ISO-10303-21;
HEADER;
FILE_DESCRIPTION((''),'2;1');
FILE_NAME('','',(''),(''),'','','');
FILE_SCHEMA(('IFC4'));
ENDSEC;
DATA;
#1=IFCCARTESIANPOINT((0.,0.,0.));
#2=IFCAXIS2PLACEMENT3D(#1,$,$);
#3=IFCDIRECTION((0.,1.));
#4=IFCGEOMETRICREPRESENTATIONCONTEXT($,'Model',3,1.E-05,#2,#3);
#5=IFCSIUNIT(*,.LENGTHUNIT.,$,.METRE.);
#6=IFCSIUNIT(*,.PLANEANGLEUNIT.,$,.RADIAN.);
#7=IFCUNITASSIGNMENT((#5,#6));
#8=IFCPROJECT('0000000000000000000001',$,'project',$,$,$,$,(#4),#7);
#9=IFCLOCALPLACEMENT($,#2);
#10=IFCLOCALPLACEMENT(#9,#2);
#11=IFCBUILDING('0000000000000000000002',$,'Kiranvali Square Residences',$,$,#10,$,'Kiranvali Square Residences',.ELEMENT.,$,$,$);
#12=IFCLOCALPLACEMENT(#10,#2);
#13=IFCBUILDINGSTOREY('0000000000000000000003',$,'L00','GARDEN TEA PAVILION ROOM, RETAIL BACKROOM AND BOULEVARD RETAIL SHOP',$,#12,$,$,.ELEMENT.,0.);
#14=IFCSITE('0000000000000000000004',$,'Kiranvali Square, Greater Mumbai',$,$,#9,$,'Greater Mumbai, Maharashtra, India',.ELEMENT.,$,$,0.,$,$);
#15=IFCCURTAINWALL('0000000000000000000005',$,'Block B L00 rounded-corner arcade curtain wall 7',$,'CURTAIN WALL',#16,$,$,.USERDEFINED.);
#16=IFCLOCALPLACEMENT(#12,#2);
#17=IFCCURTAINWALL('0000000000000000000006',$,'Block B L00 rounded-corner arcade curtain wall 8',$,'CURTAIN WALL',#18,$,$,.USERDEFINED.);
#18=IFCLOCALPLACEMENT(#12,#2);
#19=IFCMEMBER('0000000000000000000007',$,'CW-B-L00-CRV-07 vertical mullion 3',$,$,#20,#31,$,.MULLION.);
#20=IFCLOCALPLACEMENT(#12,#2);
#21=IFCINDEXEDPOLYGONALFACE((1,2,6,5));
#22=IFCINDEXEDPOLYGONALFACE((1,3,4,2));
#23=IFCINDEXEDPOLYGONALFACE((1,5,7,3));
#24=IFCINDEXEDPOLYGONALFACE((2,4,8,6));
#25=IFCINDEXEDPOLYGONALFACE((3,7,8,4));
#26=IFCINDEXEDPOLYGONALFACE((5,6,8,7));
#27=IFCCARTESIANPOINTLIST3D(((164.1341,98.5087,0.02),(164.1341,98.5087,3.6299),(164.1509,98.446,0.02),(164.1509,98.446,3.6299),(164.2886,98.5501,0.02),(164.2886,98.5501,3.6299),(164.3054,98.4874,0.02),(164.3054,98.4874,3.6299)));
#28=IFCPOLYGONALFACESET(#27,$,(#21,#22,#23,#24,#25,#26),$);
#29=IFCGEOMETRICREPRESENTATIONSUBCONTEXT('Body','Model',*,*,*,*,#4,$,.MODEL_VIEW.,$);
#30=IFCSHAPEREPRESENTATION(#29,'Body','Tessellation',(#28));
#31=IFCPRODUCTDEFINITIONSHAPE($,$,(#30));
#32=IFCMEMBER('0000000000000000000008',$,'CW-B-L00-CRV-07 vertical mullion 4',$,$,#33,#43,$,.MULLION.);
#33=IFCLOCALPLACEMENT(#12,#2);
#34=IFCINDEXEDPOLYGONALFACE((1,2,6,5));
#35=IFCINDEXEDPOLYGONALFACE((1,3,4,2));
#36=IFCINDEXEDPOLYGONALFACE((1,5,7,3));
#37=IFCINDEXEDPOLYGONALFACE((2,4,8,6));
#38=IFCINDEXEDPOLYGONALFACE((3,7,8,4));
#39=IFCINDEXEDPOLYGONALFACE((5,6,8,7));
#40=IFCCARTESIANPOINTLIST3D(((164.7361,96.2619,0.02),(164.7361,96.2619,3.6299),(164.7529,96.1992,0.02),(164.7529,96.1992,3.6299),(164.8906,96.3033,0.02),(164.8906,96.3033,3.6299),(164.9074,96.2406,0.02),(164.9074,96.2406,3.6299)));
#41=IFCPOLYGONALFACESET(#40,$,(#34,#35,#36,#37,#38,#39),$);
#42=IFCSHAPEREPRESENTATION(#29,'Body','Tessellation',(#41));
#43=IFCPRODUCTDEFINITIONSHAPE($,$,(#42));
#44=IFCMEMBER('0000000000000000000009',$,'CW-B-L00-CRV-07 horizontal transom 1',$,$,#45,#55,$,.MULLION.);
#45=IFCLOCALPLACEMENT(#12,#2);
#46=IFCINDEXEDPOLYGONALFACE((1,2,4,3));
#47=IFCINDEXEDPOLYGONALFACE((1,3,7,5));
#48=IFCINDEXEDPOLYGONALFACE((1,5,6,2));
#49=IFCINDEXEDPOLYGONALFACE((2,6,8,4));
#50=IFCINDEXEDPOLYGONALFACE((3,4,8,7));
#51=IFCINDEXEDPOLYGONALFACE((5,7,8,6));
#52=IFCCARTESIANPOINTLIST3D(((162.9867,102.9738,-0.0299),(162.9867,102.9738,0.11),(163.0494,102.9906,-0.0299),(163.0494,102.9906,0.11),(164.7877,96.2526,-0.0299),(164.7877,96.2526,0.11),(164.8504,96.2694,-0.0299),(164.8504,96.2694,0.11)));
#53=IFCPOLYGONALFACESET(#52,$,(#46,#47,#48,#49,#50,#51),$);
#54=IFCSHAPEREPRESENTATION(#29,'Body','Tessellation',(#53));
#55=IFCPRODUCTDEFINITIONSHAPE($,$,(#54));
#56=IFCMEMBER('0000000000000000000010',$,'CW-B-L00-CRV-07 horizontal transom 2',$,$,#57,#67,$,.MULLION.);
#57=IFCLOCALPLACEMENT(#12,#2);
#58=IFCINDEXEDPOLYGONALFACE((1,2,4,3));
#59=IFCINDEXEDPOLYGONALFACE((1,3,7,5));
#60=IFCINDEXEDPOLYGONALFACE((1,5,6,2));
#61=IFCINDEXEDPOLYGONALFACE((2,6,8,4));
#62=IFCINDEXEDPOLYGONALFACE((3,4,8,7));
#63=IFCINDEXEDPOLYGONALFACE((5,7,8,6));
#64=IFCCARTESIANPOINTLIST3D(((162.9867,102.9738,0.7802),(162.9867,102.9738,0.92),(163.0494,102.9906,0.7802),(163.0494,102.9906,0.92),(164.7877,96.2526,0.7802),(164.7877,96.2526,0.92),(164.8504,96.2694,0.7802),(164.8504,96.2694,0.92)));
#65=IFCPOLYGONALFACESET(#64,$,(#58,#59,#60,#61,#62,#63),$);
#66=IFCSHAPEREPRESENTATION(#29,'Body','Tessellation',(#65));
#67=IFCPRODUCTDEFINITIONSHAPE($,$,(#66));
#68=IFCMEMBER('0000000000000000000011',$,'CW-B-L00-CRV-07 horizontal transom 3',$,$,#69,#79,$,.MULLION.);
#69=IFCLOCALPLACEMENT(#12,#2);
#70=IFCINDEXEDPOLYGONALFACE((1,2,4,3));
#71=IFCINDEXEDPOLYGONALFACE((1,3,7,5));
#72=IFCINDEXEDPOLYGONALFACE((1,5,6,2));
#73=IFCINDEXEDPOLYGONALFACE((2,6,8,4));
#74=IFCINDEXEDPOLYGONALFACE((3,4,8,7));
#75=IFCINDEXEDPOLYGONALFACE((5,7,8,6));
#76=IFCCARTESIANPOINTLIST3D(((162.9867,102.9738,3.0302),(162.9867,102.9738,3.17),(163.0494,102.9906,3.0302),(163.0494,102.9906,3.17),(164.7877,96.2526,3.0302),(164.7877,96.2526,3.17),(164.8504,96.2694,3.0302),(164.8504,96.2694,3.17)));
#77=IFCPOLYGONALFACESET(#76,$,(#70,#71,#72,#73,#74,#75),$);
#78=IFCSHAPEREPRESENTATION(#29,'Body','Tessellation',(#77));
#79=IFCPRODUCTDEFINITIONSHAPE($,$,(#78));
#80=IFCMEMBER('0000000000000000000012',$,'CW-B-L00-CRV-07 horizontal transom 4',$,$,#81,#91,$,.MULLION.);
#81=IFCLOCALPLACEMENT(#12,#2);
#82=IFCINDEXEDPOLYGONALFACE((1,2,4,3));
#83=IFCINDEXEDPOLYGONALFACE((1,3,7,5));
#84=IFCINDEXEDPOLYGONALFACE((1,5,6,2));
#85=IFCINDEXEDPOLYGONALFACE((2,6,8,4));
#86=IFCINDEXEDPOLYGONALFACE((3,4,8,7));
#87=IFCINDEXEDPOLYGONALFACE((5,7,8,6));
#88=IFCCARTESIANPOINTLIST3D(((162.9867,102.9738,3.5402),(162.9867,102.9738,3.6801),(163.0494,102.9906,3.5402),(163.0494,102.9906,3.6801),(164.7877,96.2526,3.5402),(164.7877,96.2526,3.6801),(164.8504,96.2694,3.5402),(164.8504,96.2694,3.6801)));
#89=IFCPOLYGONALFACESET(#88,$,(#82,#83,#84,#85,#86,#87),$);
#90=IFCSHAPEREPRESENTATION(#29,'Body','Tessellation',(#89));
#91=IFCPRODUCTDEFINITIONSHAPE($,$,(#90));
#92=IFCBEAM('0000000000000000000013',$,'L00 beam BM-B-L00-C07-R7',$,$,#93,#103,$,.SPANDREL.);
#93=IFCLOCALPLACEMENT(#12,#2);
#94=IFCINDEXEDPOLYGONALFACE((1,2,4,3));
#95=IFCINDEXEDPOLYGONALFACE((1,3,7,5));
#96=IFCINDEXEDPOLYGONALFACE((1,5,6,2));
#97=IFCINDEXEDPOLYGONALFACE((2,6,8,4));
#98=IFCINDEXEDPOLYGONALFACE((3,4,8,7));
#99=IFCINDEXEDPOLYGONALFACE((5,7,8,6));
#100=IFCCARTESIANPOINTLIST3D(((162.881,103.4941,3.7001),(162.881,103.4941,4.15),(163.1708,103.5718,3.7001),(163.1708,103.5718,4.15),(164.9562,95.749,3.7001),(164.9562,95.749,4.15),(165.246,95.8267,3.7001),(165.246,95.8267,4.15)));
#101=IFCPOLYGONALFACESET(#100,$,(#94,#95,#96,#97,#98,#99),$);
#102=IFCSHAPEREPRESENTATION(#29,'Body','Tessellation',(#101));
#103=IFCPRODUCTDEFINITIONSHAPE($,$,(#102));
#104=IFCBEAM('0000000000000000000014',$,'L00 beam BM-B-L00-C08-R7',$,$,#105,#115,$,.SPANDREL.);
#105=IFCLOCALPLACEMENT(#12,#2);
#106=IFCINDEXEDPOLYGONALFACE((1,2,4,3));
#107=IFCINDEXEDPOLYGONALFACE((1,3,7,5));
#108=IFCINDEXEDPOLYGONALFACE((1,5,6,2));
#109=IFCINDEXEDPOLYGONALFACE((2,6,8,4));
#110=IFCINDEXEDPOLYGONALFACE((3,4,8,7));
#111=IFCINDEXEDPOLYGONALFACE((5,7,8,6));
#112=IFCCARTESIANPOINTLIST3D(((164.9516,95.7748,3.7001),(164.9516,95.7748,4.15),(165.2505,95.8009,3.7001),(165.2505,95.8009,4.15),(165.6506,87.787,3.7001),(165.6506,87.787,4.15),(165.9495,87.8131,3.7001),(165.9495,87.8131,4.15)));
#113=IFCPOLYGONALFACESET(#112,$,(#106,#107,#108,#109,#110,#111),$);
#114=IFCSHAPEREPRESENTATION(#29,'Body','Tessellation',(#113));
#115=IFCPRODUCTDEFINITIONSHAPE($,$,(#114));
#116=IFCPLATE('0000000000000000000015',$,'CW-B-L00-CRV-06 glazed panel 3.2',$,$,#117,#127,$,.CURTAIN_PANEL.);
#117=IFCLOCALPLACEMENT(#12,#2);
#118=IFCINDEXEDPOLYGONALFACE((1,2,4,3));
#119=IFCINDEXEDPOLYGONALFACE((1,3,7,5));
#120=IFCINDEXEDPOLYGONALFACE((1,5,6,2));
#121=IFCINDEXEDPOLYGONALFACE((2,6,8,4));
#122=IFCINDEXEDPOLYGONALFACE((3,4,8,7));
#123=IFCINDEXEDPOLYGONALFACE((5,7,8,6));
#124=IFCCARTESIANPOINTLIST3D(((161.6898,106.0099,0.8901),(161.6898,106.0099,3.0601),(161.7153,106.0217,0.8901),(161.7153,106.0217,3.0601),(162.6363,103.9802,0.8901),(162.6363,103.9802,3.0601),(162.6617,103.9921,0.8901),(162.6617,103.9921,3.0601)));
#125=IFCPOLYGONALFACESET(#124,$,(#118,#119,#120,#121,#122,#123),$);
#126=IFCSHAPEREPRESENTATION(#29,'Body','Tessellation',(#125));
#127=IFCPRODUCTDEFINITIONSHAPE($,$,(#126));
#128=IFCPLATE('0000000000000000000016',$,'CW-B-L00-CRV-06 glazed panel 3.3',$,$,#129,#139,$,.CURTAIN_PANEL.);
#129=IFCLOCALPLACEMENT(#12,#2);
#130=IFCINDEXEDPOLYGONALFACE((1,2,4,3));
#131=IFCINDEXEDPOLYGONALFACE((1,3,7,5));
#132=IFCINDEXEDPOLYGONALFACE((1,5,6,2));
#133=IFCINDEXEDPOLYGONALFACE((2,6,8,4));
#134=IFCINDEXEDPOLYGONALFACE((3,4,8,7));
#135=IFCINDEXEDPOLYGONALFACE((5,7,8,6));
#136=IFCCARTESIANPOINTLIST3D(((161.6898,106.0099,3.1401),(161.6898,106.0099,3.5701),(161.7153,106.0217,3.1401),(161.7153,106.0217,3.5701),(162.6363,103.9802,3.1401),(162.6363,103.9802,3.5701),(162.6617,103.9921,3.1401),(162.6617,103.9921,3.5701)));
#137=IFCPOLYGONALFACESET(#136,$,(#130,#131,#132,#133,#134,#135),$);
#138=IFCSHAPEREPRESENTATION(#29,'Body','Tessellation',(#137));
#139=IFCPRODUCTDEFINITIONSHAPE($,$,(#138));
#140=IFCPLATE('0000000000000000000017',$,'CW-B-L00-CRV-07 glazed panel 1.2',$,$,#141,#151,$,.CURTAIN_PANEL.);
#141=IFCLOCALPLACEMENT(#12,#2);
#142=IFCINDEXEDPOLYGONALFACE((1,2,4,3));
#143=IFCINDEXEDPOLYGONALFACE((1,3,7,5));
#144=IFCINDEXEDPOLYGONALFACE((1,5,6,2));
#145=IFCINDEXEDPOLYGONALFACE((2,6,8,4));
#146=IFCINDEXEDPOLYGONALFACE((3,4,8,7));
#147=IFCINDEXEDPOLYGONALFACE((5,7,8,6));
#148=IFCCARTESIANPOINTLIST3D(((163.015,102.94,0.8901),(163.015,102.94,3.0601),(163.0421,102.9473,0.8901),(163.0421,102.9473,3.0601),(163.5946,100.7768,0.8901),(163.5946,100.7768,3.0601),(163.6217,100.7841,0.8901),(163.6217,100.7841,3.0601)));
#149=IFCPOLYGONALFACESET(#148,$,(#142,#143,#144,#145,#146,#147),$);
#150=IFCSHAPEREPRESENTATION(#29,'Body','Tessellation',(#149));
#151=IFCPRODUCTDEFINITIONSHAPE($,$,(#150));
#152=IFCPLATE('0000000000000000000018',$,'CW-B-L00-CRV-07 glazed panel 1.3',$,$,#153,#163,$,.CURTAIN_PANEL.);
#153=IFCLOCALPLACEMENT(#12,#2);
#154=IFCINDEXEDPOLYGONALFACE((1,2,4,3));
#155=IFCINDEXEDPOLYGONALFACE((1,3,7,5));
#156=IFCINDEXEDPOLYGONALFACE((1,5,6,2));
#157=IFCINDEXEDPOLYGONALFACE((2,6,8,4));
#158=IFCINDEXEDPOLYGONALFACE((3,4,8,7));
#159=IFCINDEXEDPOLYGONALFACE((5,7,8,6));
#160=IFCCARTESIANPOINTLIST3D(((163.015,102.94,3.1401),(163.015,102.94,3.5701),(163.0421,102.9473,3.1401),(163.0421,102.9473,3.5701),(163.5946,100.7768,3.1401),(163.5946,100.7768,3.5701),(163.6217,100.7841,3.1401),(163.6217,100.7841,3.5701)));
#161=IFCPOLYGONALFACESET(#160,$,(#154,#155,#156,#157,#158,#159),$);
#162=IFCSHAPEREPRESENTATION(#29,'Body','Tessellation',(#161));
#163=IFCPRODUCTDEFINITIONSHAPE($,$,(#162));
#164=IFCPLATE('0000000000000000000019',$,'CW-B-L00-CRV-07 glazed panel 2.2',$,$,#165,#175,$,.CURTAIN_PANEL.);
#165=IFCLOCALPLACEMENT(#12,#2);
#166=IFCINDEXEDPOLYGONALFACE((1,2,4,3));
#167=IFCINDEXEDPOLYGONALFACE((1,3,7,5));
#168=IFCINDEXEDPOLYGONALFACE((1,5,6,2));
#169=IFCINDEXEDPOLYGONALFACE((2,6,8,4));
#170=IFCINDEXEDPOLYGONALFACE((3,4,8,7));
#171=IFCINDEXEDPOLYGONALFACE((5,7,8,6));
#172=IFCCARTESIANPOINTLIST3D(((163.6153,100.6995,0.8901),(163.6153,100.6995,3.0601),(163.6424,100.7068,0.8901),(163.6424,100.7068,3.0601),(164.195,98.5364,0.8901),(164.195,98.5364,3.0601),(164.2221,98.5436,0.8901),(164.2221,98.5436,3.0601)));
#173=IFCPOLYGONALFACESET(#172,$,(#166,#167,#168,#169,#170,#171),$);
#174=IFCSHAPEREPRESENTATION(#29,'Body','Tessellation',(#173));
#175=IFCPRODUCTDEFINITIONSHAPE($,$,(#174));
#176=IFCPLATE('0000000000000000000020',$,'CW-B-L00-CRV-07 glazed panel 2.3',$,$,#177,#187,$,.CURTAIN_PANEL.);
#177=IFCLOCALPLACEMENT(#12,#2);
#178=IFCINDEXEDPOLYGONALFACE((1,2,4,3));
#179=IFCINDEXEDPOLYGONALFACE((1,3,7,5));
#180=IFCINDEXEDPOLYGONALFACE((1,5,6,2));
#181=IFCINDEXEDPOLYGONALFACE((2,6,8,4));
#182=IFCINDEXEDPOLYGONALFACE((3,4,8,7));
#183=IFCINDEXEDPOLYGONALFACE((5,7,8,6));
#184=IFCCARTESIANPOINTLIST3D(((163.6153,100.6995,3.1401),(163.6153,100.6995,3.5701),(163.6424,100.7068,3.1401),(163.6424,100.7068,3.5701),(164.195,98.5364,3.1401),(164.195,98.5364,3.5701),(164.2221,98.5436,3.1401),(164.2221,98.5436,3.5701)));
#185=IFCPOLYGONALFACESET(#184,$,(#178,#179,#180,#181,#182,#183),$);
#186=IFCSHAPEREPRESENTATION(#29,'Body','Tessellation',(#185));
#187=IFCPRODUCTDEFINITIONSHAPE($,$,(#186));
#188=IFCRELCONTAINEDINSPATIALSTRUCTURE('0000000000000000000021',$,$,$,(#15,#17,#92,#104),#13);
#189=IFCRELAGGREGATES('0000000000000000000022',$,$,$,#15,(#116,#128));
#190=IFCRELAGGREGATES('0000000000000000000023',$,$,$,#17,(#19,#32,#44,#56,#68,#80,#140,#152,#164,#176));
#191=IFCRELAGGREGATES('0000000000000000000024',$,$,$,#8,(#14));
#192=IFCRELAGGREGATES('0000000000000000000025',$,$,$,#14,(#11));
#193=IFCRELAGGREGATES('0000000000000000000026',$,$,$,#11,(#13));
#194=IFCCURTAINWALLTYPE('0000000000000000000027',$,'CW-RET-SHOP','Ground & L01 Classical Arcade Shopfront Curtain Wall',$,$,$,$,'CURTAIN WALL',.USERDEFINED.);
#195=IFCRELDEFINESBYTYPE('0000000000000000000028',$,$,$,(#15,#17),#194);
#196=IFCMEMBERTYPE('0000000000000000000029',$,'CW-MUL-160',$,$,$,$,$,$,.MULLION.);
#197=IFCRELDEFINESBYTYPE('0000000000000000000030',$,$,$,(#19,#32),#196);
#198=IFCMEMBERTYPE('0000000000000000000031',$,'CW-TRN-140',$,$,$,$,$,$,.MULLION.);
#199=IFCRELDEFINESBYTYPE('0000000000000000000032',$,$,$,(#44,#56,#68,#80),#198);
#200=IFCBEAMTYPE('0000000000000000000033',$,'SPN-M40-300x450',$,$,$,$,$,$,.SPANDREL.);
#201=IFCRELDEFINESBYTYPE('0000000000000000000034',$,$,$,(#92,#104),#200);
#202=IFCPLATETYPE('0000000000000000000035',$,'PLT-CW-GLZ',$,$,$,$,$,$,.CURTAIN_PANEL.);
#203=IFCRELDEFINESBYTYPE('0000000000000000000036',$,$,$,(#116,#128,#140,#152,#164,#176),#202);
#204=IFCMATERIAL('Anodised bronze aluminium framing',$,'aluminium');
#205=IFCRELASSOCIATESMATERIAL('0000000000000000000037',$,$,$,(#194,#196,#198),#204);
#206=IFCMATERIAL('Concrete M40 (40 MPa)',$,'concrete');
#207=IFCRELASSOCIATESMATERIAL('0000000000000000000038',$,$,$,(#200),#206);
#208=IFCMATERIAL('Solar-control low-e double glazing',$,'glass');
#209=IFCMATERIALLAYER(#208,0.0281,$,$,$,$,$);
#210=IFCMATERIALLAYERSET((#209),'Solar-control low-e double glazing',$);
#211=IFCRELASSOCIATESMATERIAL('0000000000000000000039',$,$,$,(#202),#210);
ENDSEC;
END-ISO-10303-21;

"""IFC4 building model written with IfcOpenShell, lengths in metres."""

from ifc_helpers import new_model, si_unit, direction, frame, origin, origin_2d, place, context, subcontext, project, spatial, rectangle, extrude, material, layer, layer_set, material_profile, profile_set, type_object, element, aggregate, save


model = new_model("IFC4")

# Units and contexts
model_context = context("Model", 3, precision=1e-05, world=origin(), true_north=direction((0.0, 1.0)))
body_context = subcontext(model_context, "Body", "Model", "MODEL_VIEW")
ifc_project = project(units=[si_unit("LENGTHUNIT", "METRE"), si_unit("PLANEANGLEUNIT", "RADIAN")], contexts=[model_context])

# Site, building, storey
site_placement = place(None, origin())
site = spatial("IfcSite", under=ifc_project, at=site_placement, Name="Kiranvali Square, Greater Mumbai", LongName="Greater Mumbai, Maharashtra, India", CompositionType="ELEMENT", RefElevation=0.0)
building_placement = place(site_placement, origin())
building = spatial("IfcBuilding", under=site, at=building_placement, Name="Kiranvali Square Residences", LongName="Kiranvali Square Residences", CompositionType="ELEMENT")
storey_placement = place(building_placement, origin())
storey = spatial("IfcBuildingStorey", under=building, at=storey_placement, Name="L00", Description="GARDEN TEA PAVILION ROOM, RETAIL BACKROOM AND BOULEVARD RETAIL SHOP", CompositionType="ELEMENT", Elevation=0.0)

# Curtain wall
ifc_material_1 = material(Name="Anodised bronze aluminium framing", Category="aluminium")
curtain_wall_type = type_object("IfcCurtainWallType", Name="CW-RET-SHOP", Description="Ground & L01 Classical Arcade Shopfront Curtain Wall", ElementType="CURTAIN WALL", PredefinedType="USERDEFINED", material=ifc_material_1)
curtain_wall_1_placement = place(storey_placement, origin())
curtain_wall_1 = element("IfcCurtainWall", 1, at=curtain_wall_1_placement, inside=storey, type_object=curtain_wall_type, Name="Block B L00 rounded-corner arcade curtain wall 7", ObjectType="CURTAIN WALL", PredefinedType="USERDEFINED")
ifc_material_profile_1 = material_profile(ifc_material_1, rectangle(XDim=0.0649, YDim=0.1599, at=origin_2d()), Name="ALU 65x160")
ifc_profile_set_1 = profile_set([ifc_material_profile_1], Name="Anodised bronze aluminium framing")
member_type_1 = type_object("IfcMemberType", Name="CW-MUL-160", PredefinedType="MULLION", material=ifc_profile_set_1)

# Curtain wall, members
curtain_wall_2_placement = place(storey_placement, origin())
curtain_wall_2 = element("IfcCurtainWall", 2, at=curtain_wall_2_placement, inside=storey, type_object=curtain_wall_type, Name="Block B L00 rounded-corner arcade curtain wall 8", ObjectType="CURTAIN WALL", PredefinedType="USERDEFINED")
member_1_placement = place(storey_placement, frame((164.2197, 98.498, 0.02), z_axis=(0.0, 0.0, 1.0), x_axis=(0.258819, -0.965926, 0.0)))
member_1 = element("IfcMember", 3, at=member_1_placement, type_object=member_type_1, Name="CW-B-L00-CRV-07 vertical mullion 3", PredefinedType="MULLION", context=body_context, shape_type="SweptSolid", body=[
    extrude(rectangle(XDim=0.0649, YDim=0.1599, at=origin_2d()), origin(), (0.0, 0.0, 1.0), 3.6099),
])
member_2_placement = place(storey_placement, frame((164.8218, 96.2512, 0.02), z_axis=(0.0, 0.0, 1.0), x_axis=(0.258819, -0.965926, 0.0)))
member_2 = element("IfcMember", 4, at=member_2_placement, type_object=member_type_1, Name="CW-B-L00-CRV-07 vertical mullion 4", PredefinedType="MULLION", context=body_context, shape_type="SweptSolid", body=[
    extrude(rectangle(XDim=0.0649, YDim=0.1599, at=origin_2d()), origin(), (0.0, 0.0, 1.0), 3.6099),
])
ifc_material_profile_2 = material_profile(ifc_material_1, rectangle(XDim=0.0649, YDim=0.1399, at=origin_2d()), Name="ALU 65x140")
ifc_profile_set_2 = profile_set([ifc_material_profile_2], Name="Anodised bronze aluminium framing")
member_type_2 = type_object("IfcMemberType", Name="CW-TRN-140", PredefinedType="MULLION", material=ifc_profile_set_2)
member_3_placement = place(storey_placement, frame((163.0181, 102.9822, 0.04), z_axis=(0.258831, -0.965923, 0.0), x_axis=(0.965923, 0.258831, 0.0)))
member_3 = element("IfcMember", 5, at=member_3_placement, type_object=member_type_2, Name="CW-B-L00-CRV-07 horizontal transom 1", PredefinedType="MULLION", context=body_context, shape_type="SweptSolid", body=[
    extrude(rectangle(XDim=0.0649, YDim=0.1399, at=origin_2d()), origin(), (0.0, 0.0, 1.0), 6.9583),
])
member_4_placement = place(storey_placement, frame((163.0181, 102.9822, 0.8501), z_axis=(0.258831, -0.965923, 0.0), x_axis=(0.965923, 0.258831, 0.0)))
member_4 = element("IfcMember", 6, at=member_4_placement, type_object=member_type_2, Name="CW-B-L00-CRV-07 horizontal transom 2", PredefinedType="MULLION", context=body_context, shape_type="SweptSolid", body=[
    extrude(rectangle(XDim=0.0649, YDim=0.1399, at=origin_2d()), origin(), (0.0, 0.0, 1.0), 6.9583),
])
member_5_placement = place(storey_placement, frame((163.0181, 102.9822, 3.1001), z_axis=(0.258831, -0.965923, 0.0), x_axis=(0.965923, 0.258831, 0.0)))
member_5 = element("IfcMember", 7, at=member_5_placement, type_object=member_type_2, Name="CW-B-L00-CRV-07 horizontal transom 3", PredefinedType="MULLION", context=body_context, shape_type="SweptSolid", body=[
    extrude(rectangle(XDim=0.0649, YDim=0.1399, at=origin_2d()), origin(), (0.0, 0.0, 1.0), 6.9583),
])
member_6_placement = place(storey_placement, frame((163.0181, 102.9822, 3.6101), z_axis=(0.258831, -0.965923, 0.0), x_axis=(0.965923, 0.258831, 0.0)))
member_6 = element("IfcMember", 8, at=member_6_placement, type_object=member_type_2, Name="CW-B-L00-CRV-07 horizontal transom 4", PredefinedType="MULLION", context=body_context, shape_type="SweptSolid", body=[
    extrude(rectangle(XDim=0.0649, YDim=0.1399, at=origin_2d()), origin(), (0.0, 0.0, 1.0), 6.9583),
])

# Beams
ifc_material_2 = material(Name="Concrete M40 (40 MPa)", Category="concrete")
ifc_material_profile_3 = material_profile(ifc_material_2, rectangle(XDim=0.3, YDim=0.45, at=origin_2d()), Name="RC 300x450")
ifc_profile_set_3 = profile_set([ifc_material_profile_3], Name="Concrete M40 (40 MPa)")
beam_type_1 = type_object("IfcBeamType", Name="SPN-M40-300x450", PredefinedType="SPANDREL", material=ifc_profile_set_3)
for number, where, z_axis, x_axis, name in (
    (9, (163.0259, 103.533, 3.925), (0.258807, -0.965929, 0.0), (0.965929, 0.258807, 0.0), "L00 beam BM-B-L00-C07-R7"),
    (10, (165.1011, 95.7878, 3.925), (0.087172, -0.996193, 0.0), (0.996193, 0.087172, 0.0), "L00 beam BM-B-L00-C08-R7"),
):
    element("IfcBeam", number, at=place(storey_placement, frame(where, z_axis=z_axis, x_axis=x_axis)), inside=storey, type_object=beam_type_1, Name=name, PredefinedType="SPANDREL", context=body_context, shape_type="SweptSolid", body=[
        extrude(rectangle(XDim=0.3, YDim=0.45, at=origin_2d()), origin(), (0.0, 0.0, 1.0), 8.0183),
    ])

# Plates
ifc_material_3 = material(Name="Solar-control low-e double glazing", Category="glass")
ifc_layer_1 = layer(ifc_material_3, 0.0281)
ifc_layer_set_1 = layer_set([ifc_layer_1], Name="Solar-control low-e double glazing")
plate_type_1 = type_object("IfcPlateType", Name="PLT-CW-GLZ", PredefinedType="CURTAIN_PANEL", material=ifc_layer_set_1)
plate_1_placement = place(storey_placement, frame((162.1758, 105.001, 0.8901), z_axis=(0.0, 0.0, 1.0), x_axis=(0.422618, -0.906308, 0.0)))
plate_1 = element("IfcPlate", 11, at=plate_1_placement, type_object=plate_type_1, Name="CW-B-L00-CRV-06 glazed panel 3.2", PredefinedType="CURTAIN_PANEL", context=body_context, shape_type="SweptSolid", body=[
    extrude(rectangle(XDim=2.2395, YDim=0.0281, at=origin_2d()), origin(), (0.0, 0.0, 1.0), 2.1699),
])
plate_2_placement = place(storey_placement, frame((162.1758, 105.001, 3.1401), z_axis=(0.0, 0.0, 1.0), x_axis=(0.422618, -0.906308, 0.0)))
plate_2 = element("IfcPlate", 12, at=plate_2_placement, type_object=plate_type_1, Name="CW-B-L00-CRV-06 glazed panel 3.3", PredefinedType="CURTAIN_PANEL", context=body_context, shape_type="SweptSolid", body=[
    extrude(rectangle(XDim=2.2395, YDim=0.0281, at=origin_2d()), origin(), (0.0, 0.0, 1.0), 0.4299),
])
plate_3_placement = place(storey_placement, frame((163.3184, 101.8621, 0.8901), z_axis=(0.0, 0.0, 1.0), x_axis=(0.258819, -0.965926, 0.0)))
plate_3 = element("IfcPlate", 13, at=plate_3_placement, type_object=plate_type_1, Name="CW-B-L00-CRV-07 glazed panel 1.2", PredefinedType="CURTAIN_PANEL", context=body_context, shape_type="SweptSolid", body=[
    extrude(rectangle(XDim=2.2395, YDim=0.0281, at=origin_2d()), origin(), (0.0, 0.0, 1.0), 2.1699),
])
plate_4_placement = place(storey_placement, frame((163.3184, 101.8621, 3.1401), z_axis=(0.0, 0.0, 1.0), x_axis=(0.258819, -0.965926, 0.0)))
plate_4 = element("IfcPlate", 14, at=plate_4_placement, type_object=plate_type_1, Name="CW-B-L00-CRV-07 glazed panel 1.3", PredefinedType="CURTAIN_PANEL", context=body_context, shape_type="SweptSolid", body=[
    extrude(rectangle(XDim=2.2395, YDim=0.0281, at=origin_2d()), origin(), (0.0, 0.0, 1.0), 0.4299),
])
plate_5_placement = place(storey_placement, frame((163.9187, 99.6216, 0.8901), z_axis=(0.0, 0.0, 1.0), x_axis=(0.258819, -0.965926, 0.0)))
plate_5 = element("IfcPlate", 15, at=plate_5_placement, type_object=plate_type_1, Name="CW-B-L00-CRV-07 glazed panel 2.2", PredefinedType="CURTAIN_PANEL", context=body_context, shape_type="SweptSolid", body=[
    extrude(rectangle(XDim=2.2395, YDim=0.0281, at=origin_2d()), origin(), (0.0, 0.0, 1.0), 2.1699),
])
plate_6_placement = place(storey_placement, frame((163.9187, 99.6216, 3.1401), z_axis=(0.0, 0.0, 1.0), x_axis=(0.258819, -0.965926, 0.0)))
plate_6 = element("IfcPlate", 16, at=plate_6_placement, type_object=plate_type_1, Name="CW-B-L00-CRV-07 glazed panel 2.3", PredefinedType="CURTAIN_PANEL", context=body_context, shape_type="SweptSolid", body=[
    extrude(rectangle(XDim=2.2395, YDim=0.0281, at=origin_2d()), origin(), (0.0, 0.0, 1.0), 0.4299),
])
aggregate(curtain_wall_1, [plate_1, plate_2])
aggregate(curtain_wall_2, [member_1, member_2, member_3, member_4, member_5, member_6, plate_3, plate_4, plate_5, plate_6])

save(model, "model.ifc")
